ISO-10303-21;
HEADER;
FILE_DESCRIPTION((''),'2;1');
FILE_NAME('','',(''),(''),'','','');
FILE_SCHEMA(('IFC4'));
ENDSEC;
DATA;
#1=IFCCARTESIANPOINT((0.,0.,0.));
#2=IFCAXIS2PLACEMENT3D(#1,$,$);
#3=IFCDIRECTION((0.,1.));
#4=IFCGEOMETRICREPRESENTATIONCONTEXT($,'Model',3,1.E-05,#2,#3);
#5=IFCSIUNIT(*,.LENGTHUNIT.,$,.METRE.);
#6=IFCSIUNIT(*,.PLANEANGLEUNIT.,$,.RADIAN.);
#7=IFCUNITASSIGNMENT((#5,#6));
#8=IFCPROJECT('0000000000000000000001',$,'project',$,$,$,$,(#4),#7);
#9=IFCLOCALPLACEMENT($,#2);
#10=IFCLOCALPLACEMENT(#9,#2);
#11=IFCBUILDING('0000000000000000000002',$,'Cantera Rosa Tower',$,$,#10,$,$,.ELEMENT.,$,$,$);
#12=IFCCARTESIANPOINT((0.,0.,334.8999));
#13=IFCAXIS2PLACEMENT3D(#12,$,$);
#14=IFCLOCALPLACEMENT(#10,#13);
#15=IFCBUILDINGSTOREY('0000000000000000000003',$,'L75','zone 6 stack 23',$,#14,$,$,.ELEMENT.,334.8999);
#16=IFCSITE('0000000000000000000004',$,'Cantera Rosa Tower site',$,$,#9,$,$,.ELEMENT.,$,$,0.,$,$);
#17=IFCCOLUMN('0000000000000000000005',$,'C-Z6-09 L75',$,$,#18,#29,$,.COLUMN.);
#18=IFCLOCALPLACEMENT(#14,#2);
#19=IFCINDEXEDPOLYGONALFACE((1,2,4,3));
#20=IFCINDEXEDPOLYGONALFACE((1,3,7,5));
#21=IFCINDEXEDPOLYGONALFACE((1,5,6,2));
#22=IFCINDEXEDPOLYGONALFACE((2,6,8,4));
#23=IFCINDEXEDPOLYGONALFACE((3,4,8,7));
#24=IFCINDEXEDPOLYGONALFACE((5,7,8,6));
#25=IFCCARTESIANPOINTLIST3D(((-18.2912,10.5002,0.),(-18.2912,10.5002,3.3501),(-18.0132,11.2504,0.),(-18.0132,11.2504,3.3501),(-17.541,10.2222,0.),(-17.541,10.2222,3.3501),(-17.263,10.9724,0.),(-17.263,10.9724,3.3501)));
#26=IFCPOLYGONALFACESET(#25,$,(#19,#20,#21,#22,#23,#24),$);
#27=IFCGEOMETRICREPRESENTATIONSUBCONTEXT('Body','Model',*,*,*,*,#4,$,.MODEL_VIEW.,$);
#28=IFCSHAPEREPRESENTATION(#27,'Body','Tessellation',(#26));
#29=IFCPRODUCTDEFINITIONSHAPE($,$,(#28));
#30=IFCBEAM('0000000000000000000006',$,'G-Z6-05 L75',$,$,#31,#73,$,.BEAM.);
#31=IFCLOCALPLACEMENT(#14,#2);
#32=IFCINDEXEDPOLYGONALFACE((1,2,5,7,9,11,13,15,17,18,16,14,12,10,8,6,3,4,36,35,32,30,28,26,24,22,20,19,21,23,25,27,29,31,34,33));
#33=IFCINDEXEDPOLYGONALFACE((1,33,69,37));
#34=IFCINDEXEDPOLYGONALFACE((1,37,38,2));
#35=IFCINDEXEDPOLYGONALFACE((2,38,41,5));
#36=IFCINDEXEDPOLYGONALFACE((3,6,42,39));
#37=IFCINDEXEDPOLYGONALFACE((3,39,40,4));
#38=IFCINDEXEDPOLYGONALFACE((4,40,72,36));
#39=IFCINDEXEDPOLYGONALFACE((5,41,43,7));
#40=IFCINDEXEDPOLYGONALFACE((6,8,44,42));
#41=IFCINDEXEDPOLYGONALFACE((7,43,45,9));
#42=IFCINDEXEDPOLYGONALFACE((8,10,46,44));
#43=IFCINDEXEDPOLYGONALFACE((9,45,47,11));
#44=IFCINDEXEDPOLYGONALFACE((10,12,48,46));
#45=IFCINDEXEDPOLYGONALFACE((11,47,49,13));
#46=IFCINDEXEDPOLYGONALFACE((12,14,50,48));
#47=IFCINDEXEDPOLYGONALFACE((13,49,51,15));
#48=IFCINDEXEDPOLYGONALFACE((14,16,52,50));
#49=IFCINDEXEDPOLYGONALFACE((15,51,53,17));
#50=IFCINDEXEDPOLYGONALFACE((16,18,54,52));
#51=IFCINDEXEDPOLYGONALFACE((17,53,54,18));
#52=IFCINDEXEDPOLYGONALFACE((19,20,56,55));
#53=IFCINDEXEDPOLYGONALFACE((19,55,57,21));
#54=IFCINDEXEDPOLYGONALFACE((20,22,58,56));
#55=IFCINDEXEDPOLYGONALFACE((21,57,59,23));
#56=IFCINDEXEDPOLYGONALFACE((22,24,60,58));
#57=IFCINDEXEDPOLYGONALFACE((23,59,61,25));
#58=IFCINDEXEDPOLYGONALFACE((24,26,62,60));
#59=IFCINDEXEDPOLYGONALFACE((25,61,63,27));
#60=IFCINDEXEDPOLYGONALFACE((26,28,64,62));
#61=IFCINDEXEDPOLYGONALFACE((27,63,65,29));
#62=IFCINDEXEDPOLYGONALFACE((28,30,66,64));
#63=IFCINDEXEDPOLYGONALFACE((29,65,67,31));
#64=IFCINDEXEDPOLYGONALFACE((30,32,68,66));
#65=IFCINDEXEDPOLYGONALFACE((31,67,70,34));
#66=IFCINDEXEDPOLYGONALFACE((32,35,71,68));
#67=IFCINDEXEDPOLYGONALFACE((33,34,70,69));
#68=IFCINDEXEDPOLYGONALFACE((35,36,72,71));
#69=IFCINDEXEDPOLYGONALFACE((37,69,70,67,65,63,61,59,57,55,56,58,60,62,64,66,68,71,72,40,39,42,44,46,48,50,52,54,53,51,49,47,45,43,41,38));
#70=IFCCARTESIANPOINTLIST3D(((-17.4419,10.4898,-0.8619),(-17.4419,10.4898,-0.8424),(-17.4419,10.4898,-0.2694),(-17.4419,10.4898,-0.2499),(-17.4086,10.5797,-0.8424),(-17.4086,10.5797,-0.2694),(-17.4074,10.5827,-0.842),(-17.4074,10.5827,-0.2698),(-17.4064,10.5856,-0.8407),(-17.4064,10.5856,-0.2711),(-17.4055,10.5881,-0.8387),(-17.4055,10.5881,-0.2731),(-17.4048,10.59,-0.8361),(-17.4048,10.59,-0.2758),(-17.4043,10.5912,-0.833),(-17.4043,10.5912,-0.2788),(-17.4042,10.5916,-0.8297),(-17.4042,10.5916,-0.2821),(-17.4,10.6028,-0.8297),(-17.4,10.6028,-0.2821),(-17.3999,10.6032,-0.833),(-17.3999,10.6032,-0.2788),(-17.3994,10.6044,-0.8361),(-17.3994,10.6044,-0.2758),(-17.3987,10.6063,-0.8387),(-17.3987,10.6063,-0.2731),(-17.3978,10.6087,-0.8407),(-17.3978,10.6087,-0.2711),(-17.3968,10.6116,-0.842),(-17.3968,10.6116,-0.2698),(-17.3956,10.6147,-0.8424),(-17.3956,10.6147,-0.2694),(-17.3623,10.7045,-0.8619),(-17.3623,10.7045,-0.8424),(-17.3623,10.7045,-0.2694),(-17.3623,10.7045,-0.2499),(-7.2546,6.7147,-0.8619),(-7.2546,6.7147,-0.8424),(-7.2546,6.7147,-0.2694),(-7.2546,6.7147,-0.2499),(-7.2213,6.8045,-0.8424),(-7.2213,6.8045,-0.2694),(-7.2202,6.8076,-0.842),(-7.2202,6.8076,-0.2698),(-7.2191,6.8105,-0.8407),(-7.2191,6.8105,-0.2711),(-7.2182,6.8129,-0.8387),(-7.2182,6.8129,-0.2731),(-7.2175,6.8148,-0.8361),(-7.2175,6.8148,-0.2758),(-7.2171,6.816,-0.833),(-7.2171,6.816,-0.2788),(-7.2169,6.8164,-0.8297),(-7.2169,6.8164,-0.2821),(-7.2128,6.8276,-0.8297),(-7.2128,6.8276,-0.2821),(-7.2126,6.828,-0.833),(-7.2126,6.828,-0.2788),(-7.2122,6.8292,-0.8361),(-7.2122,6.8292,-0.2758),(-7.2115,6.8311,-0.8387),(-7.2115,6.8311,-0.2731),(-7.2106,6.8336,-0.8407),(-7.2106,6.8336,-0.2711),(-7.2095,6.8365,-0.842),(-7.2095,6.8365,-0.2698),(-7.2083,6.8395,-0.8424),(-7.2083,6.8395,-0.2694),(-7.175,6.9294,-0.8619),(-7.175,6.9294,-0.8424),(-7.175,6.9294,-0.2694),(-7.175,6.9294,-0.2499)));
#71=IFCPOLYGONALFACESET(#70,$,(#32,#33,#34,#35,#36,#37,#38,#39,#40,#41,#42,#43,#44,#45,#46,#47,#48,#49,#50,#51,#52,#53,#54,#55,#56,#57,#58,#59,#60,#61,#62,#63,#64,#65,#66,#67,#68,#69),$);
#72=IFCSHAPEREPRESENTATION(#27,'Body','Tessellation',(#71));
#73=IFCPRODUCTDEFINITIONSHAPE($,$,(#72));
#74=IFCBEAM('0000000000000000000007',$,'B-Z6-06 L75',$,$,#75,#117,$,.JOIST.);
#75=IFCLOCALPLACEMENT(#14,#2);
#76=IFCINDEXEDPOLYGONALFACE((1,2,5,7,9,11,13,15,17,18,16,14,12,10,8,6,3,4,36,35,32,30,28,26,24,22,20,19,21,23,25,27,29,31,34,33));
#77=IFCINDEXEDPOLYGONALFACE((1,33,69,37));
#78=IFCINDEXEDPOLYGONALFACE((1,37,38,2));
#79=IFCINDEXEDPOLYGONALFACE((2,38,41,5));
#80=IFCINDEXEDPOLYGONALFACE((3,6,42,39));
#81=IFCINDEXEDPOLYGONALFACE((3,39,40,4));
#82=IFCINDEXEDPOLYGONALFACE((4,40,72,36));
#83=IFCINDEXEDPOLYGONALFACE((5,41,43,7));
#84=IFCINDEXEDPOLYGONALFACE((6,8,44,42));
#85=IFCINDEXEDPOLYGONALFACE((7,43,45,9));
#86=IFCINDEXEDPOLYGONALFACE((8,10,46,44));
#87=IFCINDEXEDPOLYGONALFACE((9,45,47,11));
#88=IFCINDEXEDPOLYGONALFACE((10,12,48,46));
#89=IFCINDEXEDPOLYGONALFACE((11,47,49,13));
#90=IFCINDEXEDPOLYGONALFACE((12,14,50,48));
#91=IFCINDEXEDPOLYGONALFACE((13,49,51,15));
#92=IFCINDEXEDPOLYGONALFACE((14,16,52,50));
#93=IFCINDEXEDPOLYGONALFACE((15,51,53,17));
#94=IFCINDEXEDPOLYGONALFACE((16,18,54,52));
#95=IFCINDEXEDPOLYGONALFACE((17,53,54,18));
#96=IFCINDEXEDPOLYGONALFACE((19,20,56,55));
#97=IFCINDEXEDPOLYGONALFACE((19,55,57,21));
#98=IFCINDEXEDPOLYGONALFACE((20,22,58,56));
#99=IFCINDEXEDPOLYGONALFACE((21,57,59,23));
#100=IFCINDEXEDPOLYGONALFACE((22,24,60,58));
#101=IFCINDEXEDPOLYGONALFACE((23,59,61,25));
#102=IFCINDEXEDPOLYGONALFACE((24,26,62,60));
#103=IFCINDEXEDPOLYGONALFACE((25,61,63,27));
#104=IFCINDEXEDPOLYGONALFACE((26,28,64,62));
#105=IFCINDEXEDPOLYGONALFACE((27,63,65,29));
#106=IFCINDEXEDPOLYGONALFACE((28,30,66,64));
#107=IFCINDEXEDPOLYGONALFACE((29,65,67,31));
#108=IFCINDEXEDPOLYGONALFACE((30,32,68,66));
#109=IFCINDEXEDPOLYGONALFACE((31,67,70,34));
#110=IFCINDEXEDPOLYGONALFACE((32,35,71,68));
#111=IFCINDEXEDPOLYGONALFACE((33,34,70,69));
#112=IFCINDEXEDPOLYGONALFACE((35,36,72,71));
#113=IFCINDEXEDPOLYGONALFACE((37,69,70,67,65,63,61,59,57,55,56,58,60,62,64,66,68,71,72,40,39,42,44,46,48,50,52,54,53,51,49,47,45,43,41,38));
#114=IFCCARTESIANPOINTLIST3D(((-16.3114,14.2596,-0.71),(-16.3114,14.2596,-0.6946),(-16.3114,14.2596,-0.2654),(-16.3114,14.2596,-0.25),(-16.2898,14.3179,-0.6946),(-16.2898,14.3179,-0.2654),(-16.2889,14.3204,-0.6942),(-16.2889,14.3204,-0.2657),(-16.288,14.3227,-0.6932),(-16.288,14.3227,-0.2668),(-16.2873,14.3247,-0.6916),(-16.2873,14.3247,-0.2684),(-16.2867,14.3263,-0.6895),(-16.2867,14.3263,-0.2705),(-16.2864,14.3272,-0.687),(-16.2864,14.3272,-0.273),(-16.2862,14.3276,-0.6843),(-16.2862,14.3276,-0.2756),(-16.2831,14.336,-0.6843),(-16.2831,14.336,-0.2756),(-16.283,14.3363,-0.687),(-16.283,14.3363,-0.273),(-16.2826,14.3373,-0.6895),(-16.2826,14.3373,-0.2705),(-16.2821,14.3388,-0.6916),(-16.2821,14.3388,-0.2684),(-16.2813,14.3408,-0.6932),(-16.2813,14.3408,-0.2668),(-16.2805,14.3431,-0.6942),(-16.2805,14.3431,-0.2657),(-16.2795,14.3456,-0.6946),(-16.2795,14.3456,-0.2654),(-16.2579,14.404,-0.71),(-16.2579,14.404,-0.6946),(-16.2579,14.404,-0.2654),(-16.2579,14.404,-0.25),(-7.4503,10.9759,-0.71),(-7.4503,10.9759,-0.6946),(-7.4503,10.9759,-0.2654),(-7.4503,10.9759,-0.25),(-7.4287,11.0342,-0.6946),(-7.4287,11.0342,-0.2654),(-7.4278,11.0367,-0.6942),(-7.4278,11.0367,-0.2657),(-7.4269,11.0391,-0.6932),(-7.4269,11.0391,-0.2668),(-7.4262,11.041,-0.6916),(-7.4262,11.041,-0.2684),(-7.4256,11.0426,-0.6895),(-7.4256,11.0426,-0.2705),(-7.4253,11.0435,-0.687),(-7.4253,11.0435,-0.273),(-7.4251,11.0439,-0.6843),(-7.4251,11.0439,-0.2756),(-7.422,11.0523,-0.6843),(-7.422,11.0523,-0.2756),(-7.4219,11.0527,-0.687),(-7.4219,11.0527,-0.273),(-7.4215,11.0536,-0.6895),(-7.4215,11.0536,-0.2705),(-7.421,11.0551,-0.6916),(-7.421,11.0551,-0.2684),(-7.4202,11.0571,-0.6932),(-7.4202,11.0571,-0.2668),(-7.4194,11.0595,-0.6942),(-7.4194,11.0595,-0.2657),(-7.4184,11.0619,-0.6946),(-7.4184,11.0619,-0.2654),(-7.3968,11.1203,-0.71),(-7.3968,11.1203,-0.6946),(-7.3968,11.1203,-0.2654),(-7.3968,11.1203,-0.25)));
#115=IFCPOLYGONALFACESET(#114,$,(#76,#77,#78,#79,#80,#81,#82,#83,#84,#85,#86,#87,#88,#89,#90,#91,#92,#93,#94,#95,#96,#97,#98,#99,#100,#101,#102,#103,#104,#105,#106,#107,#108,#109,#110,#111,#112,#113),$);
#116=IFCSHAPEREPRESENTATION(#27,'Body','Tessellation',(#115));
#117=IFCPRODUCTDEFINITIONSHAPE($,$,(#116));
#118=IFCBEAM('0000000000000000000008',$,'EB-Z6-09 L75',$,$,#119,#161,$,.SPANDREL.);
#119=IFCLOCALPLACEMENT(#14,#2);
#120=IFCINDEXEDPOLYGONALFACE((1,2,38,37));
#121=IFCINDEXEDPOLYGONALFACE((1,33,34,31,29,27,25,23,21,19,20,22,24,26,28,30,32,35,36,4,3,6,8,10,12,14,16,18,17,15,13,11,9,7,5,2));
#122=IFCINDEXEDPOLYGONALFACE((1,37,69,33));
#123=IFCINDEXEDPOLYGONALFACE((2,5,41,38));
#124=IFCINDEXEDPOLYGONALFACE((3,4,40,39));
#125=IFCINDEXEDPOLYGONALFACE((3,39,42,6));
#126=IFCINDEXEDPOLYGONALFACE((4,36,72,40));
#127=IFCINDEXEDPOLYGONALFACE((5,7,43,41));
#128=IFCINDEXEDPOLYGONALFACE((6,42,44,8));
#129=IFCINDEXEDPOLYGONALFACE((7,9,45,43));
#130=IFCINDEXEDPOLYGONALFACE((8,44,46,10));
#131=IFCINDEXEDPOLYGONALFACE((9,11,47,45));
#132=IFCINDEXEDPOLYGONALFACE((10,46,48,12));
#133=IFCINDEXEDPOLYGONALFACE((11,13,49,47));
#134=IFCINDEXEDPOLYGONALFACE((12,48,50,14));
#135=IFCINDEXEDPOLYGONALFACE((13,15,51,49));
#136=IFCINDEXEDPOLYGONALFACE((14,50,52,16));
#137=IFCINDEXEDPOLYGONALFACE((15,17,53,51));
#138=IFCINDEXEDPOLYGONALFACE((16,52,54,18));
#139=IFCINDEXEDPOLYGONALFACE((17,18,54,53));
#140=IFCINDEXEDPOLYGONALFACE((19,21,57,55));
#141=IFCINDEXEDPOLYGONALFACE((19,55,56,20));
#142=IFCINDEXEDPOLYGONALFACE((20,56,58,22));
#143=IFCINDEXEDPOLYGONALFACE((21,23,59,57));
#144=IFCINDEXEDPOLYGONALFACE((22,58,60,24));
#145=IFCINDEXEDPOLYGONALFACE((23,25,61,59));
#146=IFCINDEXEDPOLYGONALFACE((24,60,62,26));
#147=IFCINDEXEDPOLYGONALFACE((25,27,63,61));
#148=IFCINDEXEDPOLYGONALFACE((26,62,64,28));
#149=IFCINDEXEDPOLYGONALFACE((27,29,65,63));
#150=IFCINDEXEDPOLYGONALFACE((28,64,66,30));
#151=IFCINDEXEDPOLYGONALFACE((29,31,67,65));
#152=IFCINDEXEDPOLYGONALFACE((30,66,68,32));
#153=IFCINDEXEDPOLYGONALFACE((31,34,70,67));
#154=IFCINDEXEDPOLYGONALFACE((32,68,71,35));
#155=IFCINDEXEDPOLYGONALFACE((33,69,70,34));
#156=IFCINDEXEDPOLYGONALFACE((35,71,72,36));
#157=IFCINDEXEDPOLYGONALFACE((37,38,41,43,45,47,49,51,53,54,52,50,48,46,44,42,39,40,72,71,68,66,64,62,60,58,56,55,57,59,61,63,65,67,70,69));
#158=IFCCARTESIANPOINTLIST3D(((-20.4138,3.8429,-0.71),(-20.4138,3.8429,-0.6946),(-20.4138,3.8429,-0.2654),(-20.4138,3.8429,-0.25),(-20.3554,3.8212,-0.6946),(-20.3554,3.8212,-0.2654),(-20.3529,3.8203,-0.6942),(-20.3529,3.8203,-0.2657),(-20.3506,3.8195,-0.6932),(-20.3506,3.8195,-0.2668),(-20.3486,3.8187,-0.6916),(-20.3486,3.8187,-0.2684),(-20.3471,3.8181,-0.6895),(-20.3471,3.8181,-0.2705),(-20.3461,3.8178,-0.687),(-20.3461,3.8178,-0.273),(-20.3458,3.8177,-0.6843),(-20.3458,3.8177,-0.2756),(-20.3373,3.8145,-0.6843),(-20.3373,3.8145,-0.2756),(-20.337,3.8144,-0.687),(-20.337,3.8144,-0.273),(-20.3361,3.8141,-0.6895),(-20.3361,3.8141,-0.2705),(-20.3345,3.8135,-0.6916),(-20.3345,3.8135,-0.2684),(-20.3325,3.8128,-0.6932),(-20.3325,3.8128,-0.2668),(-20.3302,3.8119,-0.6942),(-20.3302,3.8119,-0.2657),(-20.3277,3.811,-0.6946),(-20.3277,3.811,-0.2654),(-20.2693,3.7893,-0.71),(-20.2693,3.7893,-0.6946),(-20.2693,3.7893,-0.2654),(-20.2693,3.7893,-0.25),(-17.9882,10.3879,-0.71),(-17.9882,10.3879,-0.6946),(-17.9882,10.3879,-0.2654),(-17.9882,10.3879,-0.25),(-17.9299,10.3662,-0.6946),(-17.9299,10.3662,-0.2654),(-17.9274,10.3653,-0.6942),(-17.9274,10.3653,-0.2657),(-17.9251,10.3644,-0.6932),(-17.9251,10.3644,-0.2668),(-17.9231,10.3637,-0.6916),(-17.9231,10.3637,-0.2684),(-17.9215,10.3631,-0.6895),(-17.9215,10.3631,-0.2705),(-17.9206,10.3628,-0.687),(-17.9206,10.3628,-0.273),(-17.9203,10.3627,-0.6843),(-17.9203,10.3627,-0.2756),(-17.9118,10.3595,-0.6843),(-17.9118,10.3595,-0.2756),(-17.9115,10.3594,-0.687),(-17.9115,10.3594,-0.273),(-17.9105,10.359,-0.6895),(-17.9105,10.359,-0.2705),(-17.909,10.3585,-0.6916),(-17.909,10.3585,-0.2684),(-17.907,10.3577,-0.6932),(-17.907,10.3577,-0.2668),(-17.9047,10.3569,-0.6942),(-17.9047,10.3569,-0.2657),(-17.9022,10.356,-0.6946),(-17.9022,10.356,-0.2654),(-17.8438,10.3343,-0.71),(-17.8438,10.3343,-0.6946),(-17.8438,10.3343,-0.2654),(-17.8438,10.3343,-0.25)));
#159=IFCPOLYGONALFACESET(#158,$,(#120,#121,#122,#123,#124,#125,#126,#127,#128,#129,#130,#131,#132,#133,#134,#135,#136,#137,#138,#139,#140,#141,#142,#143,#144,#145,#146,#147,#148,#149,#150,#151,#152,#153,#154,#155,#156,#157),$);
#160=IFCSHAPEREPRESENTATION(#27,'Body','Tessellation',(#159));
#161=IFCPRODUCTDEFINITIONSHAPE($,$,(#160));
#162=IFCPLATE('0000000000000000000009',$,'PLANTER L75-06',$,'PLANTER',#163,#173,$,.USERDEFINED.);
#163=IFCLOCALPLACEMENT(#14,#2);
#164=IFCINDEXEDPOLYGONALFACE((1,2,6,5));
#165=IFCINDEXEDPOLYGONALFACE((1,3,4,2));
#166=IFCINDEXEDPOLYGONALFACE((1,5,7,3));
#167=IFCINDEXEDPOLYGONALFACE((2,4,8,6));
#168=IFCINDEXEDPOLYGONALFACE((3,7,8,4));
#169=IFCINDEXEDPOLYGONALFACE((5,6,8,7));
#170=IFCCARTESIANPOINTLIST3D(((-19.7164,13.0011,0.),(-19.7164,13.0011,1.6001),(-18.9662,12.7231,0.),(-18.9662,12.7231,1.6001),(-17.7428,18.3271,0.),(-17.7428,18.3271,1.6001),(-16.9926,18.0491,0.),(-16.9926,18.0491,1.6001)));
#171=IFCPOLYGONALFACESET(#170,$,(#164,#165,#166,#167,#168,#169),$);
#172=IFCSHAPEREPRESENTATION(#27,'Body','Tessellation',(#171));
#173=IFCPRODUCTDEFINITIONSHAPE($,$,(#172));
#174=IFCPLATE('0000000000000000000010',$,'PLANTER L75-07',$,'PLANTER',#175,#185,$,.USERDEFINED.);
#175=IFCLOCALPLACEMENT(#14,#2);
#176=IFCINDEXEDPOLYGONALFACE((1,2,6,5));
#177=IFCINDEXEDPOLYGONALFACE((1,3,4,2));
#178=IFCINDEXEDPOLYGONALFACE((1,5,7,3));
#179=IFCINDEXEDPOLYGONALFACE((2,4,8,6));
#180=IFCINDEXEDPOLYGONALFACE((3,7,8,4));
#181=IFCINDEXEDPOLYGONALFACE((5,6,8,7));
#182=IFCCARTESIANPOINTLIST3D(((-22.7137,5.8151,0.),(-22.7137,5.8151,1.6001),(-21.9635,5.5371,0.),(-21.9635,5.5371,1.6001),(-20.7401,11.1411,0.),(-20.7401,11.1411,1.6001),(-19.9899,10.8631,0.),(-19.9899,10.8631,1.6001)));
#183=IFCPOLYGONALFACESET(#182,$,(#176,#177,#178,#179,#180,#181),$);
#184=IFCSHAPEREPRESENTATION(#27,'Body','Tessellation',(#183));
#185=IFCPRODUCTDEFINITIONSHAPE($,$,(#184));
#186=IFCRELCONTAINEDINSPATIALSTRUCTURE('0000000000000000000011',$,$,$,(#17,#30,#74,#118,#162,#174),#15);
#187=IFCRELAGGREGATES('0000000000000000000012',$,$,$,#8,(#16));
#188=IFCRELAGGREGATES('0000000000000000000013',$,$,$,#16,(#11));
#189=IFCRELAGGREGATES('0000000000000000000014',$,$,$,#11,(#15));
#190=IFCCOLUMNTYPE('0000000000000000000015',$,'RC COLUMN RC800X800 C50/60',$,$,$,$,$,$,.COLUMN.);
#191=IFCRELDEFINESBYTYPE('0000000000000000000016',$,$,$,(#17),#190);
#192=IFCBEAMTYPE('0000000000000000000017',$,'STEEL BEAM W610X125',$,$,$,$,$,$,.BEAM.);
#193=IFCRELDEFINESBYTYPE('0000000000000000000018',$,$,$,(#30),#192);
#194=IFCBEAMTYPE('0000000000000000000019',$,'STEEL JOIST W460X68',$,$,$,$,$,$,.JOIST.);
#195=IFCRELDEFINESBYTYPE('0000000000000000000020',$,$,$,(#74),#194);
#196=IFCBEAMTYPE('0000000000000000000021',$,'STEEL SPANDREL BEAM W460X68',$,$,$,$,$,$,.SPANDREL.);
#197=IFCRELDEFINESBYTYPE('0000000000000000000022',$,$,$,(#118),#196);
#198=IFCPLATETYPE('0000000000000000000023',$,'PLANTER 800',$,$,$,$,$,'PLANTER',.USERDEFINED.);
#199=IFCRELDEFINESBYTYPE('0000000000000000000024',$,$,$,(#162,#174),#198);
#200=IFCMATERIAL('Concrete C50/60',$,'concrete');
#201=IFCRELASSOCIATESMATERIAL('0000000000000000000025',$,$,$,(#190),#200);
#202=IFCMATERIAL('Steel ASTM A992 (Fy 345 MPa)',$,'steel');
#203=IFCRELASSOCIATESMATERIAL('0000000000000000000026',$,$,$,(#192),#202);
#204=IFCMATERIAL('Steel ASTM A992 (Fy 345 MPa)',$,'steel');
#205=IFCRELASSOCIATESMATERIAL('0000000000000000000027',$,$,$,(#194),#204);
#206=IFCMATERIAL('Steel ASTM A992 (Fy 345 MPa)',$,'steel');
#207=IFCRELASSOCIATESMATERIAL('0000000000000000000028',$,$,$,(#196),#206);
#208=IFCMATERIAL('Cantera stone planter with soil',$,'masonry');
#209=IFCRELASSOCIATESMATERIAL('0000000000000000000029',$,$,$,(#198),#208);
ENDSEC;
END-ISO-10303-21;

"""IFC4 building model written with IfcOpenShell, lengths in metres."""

from ifc_helpers import new_model, si_unit, direction, frame, origin, origin_2d, place, context, subcontext, project, spatial, rectangle, i_section, extrude, material, material_profile, profile_set, type_object, element, save


model = new_model("IFC4")

# Units and contexts
model_context = context("Model", 3, precision=1e-05, world=origin(), true_north=direction((0.0, 1.0)))
body_context = subcontext(model_context, "Body", "Model", "MODEL_VIEW")
ifc_project = project(units=[si_unit("LENGTHUNIT", "METRE"), si_unit("PLANEANGLEUNIT", "RADIAN")], contexts=[model_context])

# Site, building, storey
site_placement = place(None, origin())
site = spatial("IfcSite", under=ifc_project, at=site_placement, Name="Cantera Rosa Tower site", CompositionType="ELEMENT", RefElevation=0.0)
building_placement = place(site_placement, origin())
building = spatial("IfcBuilding", under=site, at=building_placement, Name="Cantera Rosa Tower", CompositionType="ELEMENT")
storey_placement = place(building_placement, frame((0.0, 0.0, 334.8999)))
storey = spatial("IfcBuildingStorey", under=building, at=storey_placement, Name="L75", Description="zone 6 stack 23", CompositionType="ELEMENT", Elevation=334.8999)

# Column
ifc_material_1 = material(Name="Concrete C50/60", Category="concrete")
ifc_material_profile_1 = material_profile(ifc_material_1, rectangle(XDim=0.8, YDim=0.8, at=origin_2d()), Name="RC COLUMN RC800X800 C50/60")
ifc_profile_set_1 = profile_set([ifc_material_profile_1], Name="Concrete C50/60")
column_type = type_object("IfcColumnType", Name="RC COLUMN RC800X800 C50/60", PredefinedType="COLUMN", material=ifc_profile_set_1)
column_placement = place(storey_placement, frame((-17.7771, 10.7363, 0.0), z_axis=(0.0, 0.0, 1.0), x_axis=(0.347481, 0.937687, 0.0)))
element("IfcColumn", 1, at=column_placement, inside=storey, type_object=column_type, Name="C-Z6-09 L75", PredefinedType="COLUMN", context=body_context, shape_type="SweptSolid", body=[
    extrude(rectangle(XDim=0.8, YDim=0.8, at=origin_2d()), origin(), (0.0, 0.0, 1.0), 3.3501),
])

# Beams
ifc_material_2 = material(Name="Steel ASTM A992 (Fy 345 MPa)", Category="steel")
ifc_material_profile_2 = material_profile(ifc_material_2, i_section(OverallWidth=0.229, OverallDepth=0.6121, WebThickness=0.012, FlangeThickness=0.0195, FilletRadius=0.0127, at=origin_2d()), Name="W610X125")
ifc_profile_set_2 = profile_set([ifc_material_profile_2], Name="Steel ASTM A992 (Fy 345 MPa)")
beam_type_1 = type_object("IfcBeamType", Name="STEEL BEAM W610X125", PredefinedType="BEAM", material=ifc_profile_set_2)
beam_1_placement = place(storey_placement, frame((-17.4021, 10.5972, -0.5559), z_axis=(0.937686, -0.347483, 0.0), x_axis=(0.347483, 0.937686, 0.0)))
element("IfcBeam", 2, at=beam_1_placement, inside=storey, type_object=beam_type_1, Name="G-Z6-05 L75", PredefinedType="BEAM", context=body_context, shape_type="SweptSolid", body=[
    extrude(i_section(OverallWidth=0.229, OverallDepth=0.6121, WebThickness=0.012, FlangeThickness=0.0195, FilletRadius=0.0127, at=origin_2d()), origin(), (0.0, 0.0, 1.0), 10.8643),
])
ifc_material_3 = material(Name="Steel ASTM A992 (Fy 345 MPa)", Category="steel")
ifc_material_profile_3 = material_profile(ifc_material_3, i_section(OverallWidth=0.1541, OverallDepth=0.46, WebThickness=0.009, FlangeThickness=0.0154, FilletRadius=0.0103, at=origin_2d()), Name="W460X68")
ifc_profile_set_3 = profile_set([ifc_material_profile_3], Name="Steel ASTM A992 (Fy 345 MPa)")
beam_type_2 = type_object("IfcBeamType", Name="STEEL JOIST W460X68", PredefinedType="JOIST", material=ifc_profile_set_3)
beam_2_placement = place(storey_placement, frame((-16.2847, 14.3318, -0.48), z_axis=(0.937686, -0.347483, 0.0), x_axis=(0.347483, 0.937686, 0.0)))
element("IfcBeam", 3, at=beam_2_placement, inside=storey, type_object=beam_type_2, Name="B-Z6-06 L75", PredefinedType="JOIST", context=body_context, shape_type="SweptSolid", body=[
    extrude(i_section(OverallWidth=0.1541, OverallDepth=0.46, WebThickness=0.009, FlangeThickness=0.0154, FilletRadius=0.0103, at=origin_2d()), origin(), (0.0, 0.0, 1.0), 9.45),
])
ifc_material_4 = material(Name="Steel ASTM A992 (Fy 345 MPa)", Category="steel")
ifc_material_profile_4 = material_profile(ifc_material_4, i_section(OverallWidth=0.1541, OverallDepth=0.46, WebThickness=0.009, FlangeThickness=0.0154, FilletRadius=0.0103, at=origin_2d()), Name="W460X68")
ifc_profile_set_4 = profile_set([ifc_material_profile_4], Name="Steel ASTM A992 (Fy 345 MPa)")
beam_type_3 = type_object("IfcBeamType", Name="STEEL SPANDREL BEAM W460X68", PredefinedType="SPANDREL", material=ifc_profile_set_4)
beam_3_placement = place(storey_placement, frame((-17.916, 10.3611, -0.48), z_axis=(-0.347502, -0.937679, 0.0), x_axis=(0.937679, -0.347502, 0.0)))
element("IfcBeam", 4, at=beam_3_placement, inside=storey, type_object=beam_type_3, Name="EB-Z6-09 L75", PredefinedType="SPANDREL", context=body_context, shape_type="SweptSolid", body=[
    extrude(i_section(OverallWidth=0.1541, OverallDepth=0.46, WebThickness=0.009, FlangeThickness=0.0154, FilletRadius=0.0103, at=origin_2d()), origin(), (0.0, 0.0, 1.0), 6.98),
])

# Plates
ifc_material_5 = material(Name="Cantera stone planter with soil", Category="masonry")
plate_type = type_object("IfcPlateType", Name="PLANTER 800", ElementType="PLANTER", PredefinedType="USERDEFINED", material=ifc_material_5)
for number, where, z_axis, x_axis, name in (
    (5, (-18.3545, 15.5251, 0.0), (0.0, 0.0, 1.0), (-0.347481, -0.937687, 0.0), "PLANTER L75-06"),
    (6, (-21.3518, 8.3391, 0.0), (0.0, 0.0, 1.0), (-0.347481, -0.937687, 0.0), "PLANTER L75-07"),
):
    element("IfcPlate", number, at=place(storey_placement, frame(where, z_axis=z_axis, x_axis=x_axis)), inside=storey, type_object=plate_type, Name=name, ObjectType="PLANTER", PredefinedType="USERDEFINED", context=body_context, shape_type="SweptSolid", body=[
        extrude(rectangle(XDim=5.6799, YDim=0.8, at=origin_2d()), origin(), (0.0, 0.0, 1.0), 1.6001),
    ])

save(model, "model.ifc")
